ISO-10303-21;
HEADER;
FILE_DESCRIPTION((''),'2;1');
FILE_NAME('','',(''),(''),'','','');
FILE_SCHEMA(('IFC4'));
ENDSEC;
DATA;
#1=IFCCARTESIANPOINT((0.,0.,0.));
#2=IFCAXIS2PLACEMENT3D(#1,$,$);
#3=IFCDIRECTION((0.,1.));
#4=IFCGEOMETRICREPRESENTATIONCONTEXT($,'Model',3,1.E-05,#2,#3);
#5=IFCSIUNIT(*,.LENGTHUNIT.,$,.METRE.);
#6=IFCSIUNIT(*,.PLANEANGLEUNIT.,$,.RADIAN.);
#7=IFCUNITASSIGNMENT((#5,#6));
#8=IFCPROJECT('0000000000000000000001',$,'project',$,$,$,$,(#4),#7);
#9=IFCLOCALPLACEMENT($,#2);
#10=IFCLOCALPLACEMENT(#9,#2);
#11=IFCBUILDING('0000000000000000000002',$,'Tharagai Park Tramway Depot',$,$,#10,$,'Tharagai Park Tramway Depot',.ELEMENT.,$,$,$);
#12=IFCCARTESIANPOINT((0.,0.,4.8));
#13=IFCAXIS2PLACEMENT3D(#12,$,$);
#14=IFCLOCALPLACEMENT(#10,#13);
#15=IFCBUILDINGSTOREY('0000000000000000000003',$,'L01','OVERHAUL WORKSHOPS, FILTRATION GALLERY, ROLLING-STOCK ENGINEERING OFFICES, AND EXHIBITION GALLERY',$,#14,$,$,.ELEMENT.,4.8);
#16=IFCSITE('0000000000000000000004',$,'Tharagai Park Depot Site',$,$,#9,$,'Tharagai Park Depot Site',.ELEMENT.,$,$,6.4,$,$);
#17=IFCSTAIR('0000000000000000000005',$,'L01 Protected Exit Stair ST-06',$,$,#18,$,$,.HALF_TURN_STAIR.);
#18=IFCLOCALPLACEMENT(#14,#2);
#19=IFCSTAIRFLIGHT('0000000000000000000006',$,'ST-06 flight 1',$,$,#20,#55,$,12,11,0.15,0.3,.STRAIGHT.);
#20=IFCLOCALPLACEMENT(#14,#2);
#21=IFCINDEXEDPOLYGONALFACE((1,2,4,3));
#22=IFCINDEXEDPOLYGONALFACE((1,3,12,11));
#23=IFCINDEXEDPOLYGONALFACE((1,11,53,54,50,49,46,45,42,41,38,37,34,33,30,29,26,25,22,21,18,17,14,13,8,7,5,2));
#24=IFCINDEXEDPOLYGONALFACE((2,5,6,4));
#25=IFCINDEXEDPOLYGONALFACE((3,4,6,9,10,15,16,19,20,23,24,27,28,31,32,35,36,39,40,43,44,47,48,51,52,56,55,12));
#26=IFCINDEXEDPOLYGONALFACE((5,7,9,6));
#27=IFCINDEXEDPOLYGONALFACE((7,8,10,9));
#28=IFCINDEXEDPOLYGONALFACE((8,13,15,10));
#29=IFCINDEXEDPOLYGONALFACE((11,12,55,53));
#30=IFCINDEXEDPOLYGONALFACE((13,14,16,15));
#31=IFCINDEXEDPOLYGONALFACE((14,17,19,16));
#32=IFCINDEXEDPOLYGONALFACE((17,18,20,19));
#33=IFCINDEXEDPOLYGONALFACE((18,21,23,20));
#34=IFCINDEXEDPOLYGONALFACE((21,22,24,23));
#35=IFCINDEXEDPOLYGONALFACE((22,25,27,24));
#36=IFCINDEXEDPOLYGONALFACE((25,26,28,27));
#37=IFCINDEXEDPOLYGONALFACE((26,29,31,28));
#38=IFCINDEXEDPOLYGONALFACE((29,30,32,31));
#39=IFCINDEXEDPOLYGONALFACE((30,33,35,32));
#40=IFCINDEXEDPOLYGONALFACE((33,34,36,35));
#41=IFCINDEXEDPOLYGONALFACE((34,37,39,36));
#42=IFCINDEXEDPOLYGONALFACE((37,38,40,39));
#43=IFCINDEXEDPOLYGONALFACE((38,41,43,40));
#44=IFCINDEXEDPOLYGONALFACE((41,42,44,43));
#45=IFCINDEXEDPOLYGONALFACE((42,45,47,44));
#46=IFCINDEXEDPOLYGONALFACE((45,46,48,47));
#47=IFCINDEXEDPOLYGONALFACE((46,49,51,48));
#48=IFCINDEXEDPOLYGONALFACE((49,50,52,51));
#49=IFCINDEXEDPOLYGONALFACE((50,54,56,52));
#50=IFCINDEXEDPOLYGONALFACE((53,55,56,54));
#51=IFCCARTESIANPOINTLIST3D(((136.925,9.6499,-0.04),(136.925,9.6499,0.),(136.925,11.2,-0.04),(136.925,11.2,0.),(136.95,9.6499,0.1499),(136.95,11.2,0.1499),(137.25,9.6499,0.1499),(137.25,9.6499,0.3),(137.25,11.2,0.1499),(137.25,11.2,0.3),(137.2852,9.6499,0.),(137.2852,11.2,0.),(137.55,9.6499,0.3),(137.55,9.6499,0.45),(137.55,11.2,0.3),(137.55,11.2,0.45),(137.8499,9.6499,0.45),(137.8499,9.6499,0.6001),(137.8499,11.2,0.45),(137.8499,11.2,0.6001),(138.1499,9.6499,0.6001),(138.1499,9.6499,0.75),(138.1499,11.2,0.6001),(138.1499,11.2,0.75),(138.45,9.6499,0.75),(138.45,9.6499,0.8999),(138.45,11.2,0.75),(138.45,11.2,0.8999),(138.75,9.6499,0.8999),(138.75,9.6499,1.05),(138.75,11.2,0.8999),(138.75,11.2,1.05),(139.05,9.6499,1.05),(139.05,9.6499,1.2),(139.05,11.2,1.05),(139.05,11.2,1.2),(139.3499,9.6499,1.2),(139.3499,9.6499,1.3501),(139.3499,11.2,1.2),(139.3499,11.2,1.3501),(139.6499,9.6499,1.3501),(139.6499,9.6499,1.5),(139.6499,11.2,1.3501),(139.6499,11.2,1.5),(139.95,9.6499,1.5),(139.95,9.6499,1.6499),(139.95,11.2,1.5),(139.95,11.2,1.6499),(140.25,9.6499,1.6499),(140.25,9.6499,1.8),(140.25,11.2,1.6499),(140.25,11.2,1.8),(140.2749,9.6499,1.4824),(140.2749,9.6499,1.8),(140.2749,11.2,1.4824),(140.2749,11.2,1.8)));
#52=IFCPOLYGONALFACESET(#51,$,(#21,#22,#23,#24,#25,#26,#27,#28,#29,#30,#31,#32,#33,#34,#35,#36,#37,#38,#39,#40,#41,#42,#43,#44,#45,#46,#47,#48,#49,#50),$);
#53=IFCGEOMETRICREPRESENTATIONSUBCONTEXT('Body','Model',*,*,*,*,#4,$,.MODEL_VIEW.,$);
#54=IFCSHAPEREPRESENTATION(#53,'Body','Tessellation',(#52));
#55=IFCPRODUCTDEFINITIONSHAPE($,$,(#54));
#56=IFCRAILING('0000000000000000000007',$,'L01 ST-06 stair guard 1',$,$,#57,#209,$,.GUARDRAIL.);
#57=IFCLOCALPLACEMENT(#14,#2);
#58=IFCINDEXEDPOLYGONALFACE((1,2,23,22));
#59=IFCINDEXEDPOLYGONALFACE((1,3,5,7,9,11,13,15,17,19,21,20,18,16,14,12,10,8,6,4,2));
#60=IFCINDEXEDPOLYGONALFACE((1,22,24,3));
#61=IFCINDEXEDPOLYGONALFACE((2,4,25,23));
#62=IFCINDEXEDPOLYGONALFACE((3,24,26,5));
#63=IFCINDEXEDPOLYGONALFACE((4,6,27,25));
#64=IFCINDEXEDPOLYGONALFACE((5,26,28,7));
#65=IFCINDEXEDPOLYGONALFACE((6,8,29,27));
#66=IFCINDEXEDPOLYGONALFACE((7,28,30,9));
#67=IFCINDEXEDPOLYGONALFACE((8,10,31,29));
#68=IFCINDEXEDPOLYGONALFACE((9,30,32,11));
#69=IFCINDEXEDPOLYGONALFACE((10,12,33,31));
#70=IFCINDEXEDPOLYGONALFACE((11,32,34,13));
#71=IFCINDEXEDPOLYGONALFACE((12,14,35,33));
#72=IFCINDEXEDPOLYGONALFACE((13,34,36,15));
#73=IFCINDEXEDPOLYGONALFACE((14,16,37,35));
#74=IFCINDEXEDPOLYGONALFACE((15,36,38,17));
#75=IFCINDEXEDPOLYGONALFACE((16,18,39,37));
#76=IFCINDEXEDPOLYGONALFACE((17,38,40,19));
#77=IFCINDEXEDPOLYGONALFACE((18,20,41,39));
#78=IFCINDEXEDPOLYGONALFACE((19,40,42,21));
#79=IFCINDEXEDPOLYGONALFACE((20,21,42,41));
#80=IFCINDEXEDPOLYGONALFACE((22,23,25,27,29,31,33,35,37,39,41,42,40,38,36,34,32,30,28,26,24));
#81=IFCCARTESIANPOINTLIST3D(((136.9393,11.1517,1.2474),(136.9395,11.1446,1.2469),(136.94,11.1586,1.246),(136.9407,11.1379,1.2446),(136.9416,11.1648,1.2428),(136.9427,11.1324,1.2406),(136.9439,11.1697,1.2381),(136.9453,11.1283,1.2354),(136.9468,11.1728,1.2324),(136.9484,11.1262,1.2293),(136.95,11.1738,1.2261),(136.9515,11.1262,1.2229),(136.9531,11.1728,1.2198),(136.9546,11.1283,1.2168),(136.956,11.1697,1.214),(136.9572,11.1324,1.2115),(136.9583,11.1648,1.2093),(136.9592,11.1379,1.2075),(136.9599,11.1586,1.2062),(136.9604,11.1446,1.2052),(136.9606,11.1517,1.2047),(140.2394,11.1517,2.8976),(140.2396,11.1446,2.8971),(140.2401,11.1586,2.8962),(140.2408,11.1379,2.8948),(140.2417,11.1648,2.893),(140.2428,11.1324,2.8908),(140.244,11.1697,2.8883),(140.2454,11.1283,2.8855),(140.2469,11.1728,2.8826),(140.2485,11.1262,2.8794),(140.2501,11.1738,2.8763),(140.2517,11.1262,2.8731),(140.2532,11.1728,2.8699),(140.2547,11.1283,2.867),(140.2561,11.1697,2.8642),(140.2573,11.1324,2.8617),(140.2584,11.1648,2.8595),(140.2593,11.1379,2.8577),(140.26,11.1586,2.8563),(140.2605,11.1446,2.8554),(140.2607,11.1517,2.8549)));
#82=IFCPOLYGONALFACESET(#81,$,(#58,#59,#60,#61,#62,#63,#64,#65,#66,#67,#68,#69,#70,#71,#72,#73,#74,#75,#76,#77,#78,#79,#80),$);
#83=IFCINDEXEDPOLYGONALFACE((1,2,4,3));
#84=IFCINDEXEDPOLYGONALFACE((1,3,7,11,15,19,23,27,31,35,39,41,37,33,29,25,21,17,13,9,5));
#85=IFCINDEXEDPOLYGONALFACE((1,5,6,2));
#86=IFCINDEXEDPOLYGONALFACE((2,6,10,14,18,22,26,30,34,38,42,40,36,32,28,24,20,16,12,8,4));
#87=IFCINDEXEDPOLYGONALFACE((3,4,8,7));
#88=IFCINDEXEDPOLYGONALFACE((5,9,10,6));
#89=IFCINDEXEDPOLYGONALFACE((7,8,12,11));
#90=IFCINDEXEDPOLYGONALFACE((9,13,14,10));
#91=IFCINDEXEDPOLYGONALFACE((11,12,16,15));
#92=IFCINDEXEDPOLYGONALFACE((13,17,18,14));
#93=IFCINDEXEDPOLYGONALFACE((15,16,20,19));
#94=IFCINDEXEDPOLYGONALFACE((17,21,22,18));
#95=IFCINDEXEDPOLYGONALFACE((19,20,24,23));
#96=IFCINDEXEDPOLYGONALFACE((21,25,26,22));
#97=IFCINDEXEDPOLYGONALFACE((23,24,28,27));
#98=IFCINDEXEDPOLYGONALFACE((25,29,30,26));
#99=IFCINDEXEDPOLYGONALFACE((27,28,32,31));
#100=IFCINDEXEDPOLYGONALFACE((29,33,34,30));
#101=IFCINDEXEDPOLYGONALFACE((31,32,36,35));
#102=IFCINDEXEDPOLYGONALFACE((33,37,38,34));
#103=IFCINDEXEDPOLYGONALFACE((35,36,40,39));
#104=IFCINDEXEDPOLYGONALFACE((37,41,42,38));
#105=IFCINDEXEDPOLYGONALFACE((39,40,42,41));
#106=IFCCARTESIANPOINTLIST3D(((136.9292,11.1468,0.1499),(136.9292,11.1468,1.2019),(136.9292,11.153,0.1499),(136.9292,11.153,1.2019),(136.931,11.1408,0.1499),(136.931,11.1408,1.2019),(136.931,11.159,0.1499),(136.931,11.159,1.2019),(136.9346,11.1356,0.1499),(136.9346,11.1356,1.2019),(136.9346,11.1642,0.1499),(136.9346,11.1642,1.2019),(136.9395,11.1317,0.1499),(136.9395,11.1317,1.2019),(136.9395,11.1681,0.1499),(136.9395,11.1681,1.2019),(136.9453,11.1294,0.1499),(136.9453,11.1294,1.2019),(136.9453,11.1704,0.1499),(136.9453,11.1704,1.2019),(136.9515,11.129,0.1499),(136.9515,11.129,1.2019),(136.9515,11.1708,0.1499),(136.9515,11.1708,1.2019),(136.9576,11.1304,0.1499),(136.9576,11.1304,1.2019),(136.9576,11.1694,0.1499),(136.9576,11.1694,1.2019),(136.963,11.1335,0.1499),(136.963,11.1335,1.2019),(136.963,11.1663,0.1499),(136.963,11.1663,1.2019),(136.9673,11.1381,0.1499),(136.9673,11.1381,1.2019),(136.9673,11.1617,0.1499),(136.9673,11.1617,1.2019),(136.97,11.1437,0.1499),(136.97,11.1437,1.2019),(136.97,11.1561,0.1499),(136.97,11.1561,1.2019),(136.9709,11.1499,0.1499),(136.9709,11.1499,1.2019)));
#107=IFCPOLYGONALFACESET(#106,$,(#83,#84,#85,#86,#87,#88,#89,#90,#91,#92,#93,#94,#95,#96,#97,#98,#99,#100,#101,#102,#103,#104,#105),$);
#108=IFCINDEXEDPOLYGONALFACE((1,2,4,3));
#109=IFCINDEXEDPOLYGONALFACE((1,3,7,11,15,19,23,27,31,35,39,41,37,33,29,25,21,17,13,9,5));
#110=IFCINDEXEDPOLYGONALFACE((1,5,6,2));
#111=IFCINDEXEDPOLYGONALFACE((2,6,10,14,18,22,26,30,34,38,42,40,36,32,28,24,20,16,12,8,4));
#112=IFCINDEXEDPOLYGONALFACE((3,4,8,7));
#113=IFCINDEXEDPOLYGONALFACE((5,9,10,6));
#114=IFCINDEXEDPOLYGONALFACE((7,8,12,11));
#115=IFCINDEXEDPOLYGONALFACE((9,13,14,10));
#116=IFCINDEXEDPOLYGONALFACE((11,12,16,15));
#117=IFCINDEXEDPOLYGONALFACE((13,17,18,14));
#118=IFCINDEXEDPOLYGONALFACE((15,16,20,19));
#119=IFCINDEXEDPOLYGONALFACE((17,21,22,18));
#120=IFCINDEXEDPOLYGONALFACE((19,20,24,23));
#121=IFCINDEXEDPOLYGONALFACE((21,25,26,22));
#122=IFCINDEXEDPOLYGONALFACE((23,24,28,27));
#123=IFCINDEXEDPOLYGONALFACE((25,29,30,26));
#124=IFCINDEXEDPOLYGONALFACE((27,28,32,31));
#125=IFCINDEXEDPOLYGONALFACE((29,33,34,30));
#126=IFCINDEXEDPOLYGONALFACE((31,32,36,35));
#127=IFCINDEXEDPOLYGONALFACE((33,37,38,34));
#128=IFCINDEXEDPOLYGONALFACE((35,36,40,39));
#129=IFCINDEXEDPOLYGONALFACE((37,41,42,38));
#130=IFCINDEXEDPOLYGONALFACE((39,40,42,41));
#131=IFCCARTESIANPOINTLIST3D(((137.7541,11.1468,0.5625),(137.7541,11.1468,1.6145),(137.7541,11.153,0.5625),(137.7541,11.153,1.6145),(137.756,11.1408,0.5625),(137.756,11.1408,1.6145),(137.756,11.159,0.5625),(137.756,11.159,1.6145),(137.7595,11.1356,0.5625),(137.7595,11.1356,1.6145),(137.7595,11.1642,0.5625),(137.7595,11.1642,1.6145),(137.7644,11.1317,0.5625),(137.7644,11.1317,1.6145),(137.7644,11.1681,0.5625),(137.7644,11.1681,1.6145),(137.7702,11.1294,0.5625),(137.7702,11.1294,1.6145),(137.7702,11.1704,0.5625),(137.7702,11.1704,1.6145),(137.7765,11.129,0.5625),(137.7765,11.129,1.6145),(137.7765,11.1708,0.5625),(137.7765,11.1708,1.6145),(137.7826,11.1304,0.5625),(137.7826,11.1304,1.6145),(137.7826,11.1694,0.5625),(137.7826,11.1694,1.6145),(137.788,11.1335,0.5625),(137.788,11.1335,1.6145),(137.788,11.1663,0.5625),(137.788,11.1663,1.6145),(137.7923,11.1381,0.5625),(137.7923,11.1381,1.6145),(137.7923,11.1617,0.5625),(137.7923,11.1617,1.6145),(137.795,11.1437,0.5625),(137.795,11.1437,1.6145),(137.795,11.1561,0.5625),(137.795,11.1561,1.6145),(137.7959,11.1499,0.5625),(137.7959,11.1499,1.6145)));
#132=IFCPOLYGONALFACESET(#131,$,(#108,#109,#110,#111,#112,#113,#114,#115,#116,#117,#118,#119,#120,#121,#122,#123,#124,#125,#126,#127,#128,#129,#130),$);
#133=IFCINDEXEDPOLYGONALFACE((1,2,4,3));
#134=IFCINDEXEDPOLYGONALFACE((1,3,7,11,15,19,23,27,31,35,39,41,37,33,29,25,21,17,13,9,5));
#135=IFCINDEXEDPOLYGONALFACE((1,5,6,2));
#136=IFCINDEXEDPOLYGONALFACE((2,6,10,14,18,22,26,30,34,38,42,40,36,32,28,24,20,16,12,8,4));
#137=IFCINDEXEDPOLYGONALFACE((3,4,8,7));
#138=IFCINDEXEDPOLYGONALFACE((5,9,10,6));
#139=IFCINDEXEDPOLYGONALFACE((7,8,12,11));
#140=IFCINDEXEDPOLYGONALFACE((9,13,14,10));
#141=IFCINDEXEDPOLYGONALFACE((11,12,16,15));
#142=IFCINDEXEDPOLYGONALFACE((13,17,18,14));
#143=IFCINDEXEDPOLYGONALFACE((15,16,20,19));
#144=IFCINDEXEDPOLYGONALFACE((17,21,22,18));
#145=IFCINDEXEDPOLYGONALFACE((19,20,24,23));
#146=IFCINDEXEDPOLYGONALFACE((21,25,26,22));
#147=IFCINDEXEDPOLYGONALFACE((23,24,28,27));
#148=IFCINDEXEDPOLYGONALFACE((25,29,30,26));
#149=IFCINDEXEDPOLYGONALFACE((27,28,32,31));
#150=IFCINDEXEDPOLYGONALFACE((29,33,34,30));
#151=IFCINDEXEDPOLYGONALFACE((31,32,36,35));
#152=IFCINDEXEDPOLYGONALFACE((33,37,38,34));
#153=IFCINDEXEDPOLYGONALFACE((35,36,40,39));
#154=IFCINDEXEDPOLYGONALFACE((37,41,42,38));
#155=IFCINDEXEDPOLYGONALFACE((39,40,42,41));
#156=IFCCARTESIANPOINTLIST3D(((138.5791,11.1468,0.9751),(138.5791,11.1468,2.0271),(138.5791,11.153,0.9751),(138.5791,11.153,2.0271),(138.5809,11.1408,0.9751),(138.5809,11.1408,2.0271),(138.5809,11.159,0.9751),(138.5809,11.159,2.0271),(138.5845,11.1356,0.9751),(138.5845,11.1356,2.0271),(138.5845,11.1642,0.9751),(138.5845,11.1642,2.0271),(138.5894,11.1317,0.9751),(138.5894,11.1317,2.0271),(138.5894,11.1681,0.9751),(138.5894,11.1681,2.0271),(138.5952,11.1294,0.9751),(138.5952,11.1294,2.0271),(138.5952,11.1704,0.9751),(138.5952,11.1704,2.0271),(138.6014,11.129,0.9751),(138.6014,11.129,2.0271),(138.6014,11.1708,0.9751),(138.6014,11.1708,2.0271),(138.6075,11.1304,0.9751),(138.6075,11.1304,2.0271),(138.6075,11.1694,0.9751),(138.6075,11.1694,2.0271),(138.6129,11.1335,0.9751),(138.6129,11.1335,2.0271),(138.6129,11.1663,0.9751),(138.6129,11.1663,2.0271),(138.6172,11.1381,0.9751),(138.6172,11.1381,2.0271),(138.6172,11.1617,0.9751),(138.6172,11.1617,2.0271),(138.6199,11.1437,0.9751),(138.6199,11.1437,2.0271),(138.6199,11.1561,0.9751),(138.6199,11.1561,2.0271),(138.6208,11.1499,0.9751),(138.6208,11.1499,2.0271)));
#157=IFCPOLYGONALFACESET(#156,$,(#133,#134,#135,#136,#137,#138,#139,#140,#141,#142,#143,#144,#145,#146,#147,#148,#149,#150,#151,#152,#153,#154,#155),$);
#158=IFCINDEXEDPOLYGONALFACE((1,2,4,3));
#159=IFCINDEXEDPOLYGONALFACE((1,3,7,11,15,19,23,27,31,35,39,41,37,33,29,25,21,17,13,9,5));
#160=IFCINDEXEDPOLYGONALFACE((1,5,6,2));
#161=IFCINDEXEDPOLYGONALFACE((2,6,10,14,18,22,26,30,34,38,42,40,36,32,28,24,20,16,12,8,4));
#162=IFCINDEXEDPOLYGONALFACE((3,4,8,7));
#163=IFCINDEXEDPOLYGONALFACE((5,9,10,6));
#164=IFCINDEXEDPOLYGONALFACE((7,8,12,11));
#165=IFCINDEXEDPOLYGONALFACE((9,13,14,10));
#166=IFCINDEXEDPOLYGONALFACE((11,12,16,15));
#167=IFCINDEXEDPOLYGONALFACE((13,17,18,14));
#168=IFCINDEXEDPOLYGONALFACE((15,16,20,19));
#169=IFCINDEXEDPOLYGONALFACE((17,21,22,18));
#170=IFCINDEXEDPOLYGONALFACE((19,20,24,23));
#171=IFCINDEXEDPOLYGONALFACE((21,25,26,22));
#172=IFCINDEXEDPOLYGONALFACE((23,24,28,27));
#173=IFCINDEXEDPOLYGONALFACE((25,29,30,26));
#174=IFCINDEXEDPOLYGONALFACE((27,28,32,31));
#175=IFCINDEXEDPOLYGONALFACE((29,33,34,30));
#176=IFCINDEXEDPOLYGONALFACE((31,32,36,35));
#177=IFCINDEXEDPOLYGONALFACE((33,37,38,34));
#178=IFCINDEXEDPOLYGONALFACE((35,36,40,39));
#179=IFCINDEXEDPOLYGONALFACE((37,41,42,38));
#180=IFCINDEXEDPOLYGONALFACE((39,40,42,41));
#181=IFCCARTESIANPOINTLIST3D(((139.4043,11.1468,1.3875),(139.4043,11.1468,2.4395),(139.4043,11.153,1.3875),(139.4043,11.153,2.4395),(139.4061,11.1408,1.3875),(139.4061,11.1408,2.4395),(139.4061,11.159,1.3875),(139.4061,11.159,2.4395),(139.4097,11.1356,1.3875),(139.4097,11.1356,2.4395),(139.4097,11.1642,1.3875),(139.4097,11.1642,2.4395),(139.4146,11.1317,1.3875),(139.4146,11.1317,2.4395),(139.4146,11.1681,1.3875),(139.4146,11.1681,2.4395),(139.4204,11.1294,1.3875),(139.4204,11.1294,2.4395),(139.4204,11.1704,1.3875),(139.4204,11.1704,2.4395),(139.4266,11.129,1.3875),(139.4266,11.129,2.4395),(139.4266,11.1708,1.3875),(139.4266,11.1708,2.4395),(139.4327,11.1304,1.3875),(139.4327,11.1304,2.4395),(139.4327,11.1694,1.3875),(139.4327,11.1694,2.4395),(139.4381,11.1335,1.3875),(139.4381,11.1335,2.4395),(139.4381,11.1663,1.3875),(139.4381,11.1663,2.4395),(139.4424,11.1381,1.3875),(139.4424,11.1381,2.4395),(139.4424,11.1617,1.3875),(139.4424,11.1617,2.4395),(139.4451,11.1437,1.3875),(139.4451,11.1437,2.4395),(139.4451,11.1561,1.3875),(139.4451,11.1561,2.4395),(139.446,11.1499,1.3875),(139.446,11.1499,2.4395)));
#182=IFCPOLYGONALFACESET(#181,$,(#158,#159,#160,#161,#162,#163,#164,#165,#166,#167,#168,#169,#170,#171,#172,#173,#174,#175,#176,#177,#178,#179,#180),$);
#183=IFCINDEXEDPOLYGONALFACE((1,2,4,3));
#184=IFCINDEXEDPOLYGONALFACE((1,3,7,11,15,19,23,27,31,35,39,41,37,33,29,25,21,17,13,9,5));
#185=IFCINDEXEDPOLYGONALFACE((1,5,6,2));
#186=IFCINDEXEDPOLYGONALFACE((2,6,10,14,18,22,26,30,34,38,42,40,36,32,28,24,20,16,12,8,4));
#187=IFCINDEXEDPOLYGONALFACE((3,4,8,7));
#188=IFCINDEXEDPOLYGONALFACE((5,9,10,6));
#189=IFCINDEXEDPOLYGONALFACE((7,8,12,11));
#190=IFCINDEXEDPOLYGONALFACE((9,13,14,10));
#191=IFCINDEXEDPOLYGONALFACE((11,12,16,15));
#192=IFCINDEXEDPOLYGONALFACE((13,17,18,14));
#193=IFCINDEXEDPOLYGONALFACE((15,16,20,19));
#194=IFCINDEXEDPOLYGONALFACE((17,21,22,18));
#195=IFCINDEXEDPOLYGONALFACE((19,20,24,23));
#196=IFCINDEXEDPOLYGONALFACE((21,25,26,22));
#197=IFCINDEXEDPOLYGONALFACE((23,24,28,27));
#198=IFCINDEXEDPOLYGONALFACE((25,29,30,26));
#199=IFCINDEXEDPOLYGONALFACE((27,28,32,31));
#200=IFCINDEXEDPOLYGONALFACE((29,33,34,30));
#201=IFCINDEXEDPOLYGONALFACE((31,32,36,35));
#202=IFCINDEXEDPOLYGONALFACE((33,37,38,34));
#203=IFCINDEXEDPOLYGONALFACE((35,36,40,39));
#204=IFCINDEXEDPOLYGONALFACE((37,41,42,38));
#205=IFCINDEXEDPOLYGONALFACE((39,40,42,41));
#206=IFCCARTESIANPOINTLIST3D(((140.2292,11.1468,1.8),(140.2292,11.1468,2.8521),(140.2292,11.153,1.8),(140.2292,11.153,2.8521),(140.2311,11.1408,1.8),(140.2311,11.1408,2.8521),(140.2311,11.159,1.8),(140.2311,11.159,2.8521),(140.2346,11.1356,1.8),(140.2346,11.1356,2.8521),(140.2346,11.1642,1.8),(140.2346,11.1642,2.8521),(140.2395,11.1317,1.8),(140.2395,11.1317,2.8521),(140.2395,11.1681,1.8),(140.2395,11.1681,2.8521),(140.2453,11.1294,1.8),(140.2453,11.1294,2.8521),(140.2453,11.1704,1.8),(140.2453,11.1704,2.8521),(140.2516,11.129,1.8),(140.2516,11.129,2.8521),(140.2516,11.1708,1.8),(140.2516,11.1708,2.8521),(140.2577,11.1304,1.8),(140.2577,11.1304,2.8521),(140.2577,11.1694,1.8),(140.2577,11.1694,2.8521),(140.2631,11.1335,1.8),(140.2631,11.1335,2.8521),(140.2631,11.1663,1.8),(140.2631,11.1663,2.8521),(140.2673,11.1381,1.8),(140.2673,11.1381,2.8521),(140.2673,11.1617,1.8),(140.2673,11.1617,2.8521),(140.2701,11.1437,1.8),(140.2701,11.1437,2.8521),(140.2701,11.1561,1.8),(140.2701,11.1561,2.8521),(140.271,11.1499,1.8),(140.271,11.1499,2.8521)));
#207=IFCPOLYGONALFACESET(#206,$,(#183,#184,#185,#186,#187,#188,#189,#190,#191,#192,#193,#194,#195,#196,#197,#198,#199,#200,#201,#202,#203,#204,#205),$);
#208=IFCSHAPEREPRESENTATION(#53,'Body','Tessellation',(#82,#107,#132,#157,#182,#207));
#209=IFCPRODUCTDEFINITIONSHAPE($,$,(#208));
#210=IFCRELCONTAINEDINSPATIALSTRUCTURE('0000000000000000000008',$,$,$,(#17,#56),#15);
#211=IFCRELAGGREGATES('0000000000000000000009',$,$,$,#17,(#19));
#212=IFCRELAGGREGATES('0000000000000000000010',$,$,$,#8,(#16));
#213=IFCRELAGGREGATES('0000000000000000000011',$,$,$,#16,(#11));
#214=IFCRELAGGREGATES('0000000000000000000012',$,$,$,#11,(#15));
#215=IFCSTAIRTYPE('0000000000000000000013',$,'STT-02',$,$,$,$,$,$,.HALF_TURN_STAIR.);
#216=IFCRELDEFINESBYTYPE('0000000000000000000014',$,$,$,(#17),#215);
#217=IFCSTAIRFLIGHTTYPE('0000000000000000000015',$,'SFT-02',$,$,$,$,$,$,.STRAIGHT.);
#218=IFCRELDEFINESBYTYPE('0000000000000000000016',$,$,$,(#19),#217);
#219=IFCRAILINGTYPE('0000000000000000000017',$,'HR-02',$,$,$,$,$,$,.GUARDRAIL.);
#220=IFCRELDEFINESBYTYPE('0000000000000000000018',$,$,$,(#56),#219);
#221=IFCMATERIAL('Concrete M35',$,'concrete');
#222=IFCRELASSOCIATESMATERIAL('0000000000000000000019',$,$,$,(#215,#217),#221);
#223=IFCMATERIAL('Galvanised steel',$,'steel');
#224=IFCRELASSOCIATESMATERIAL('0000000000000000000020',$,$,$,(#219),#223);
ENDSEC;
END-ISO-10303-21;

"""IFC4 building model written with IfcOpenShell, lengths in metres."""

from ifc_helpers import new_model, si_unit, direction, frame, origin, origin_2d, place, context, subcontext, project, spatial, polyline, circle, outline, extrude, material, type_object, element, aggregate, save


model = new_model("IFC4")

# Units and contexts
model_context = context("Model", 3, precision=1e-05, world=origin(), true_north=direction((0.0, 1.0)))
body_context = subcontext(model_context, "Body", "Model", "MODEL_VIEW")
ifc_project = project(units=[si_unit("LENGTHUNIT", "METRE"), si_unit("PLANEANGLEUNIT", "RADIAN")], contexts=[model_context])

# Site, building, storey
site_placement = place(None, origin())
site = spatial("IfcSite", under=ifc_project, at=site_placement, Name="Tharagai Park Depot Site", LongName="Tharagai Park Depot Site", CompositionType="ELEMENT", RefElevation=6.4)
building_placement = place(site_placement, origin())
building = spatial("IfcBuilding", under=site, at=building_placement, Name="Tharagai Park Tramway Depot", LongName="Tharagai Park Tramway Depot", CompositionType="ELEMENT")
storey_placement = place(building_placement, frame((0.0, 0.0, 4.8)))
storey = spatial("IfcBuildingStorey", under=building, at=storey_placement, Name="L01", Description="OVERHAUL WORKSHOPS, FILTRATION GALLERY, ROLLING-STOCK ENGINEERING OFFICES, AND EXHIBITION GALLERY", CompositionType="ELEMENT", Elevation=4.8)

# Shared definitions
ifc_material_1 = material(Name="Concrete M35", Category="concrete")

# Stair, stair flight
stair_type = type_object("IfcStairType", Name="STT-02", PredefinedType="HALF_TURN_STAIR", material=ifc_material_1)
stair_placement = place(storey_placement, origin())
stair = element("IfcStair", 1, at=stair_placement, inside=storey, type_object=stair_type, Name="L01 Protected Exit Stair ST-06", PredefinedType="HALF_TURN_STAIR")
stair_flight_type = type_object("IfcStairFlightType", Name="SFT-02", PredefinedType="STRAIGHT", material=ifc_material_1)
stair_flight_placement = place(storey_placement, frame((136.95, 10.425, 0.0), z_axis=(0.0, 0.0, 1.0), x_axis=(1.0, 0.0, 0.0)))
stair_flight = element("IfcStairFlight", 2, at=stair_flight_placement, type_object=stair_flight_type, Name="ST-06 flight 1", NumberOfRisers=12, NumberOfTreads=11, PredefinedType="STRAIGHT", RiserHeight=0.15, TreadLength=0.3, context=body_context, shape_type="SweptSolid", body=[
    extrude(outline(polyline([(-0.0249, 0.0), (0.0, 0.1499), (0.3, 0.1499), (0.3, 0.3), (0.6001, 0.3), (0.6001, 0.45), (0.8999, 0.45), (0.8999, 0.6001), (1.2, 0.6001), (1.2, 0.75), (1.5, 0.75), (1.5, 0.8999), (1.8, 0.8999), (1.8, 1.05), (2.1001, 1.05), (2.1001, 1.2), (2.3999, 1.2), (2.3999, 1.3501), (2.7, 1.3501), (2.7, 1.5), (3.0, 1.5), (3.0, 1.6499), (3.3, 1.6499), (3.3, 1.8), (3.325, 1.8), (3.325, 1.4824), (0.3352, 0.0), (-0.0249, -0.04), (-0.0249, 0.0)])), frame((0.0, 0.7749, 0.0), z_axis=(0.0, -1.0, 0.0), x_axis=(1.0, 0.0, 0.0)), (0.0, 0.0, 1.0), 1.55),
])
aggregate(stair, [stair_flight])

# Railing
ifc_material_2 = material(Name="Galvanised steel", Category="steel")
railing_type_1 = type_object("IfcRailingType", Name="HR-02", PredefinedType="GUARDRAIL", material=ifc_material_2)
railing_1_placement = place(storey_placement, frame((136.95, 11.1499, 0.1499)))
element("IfcRailing", 3, at=railing_1_placement, inside=storey, type_object=railing_type_1, Name="L01 ST-06 stair guard 1", PredefinedType="GUARDRAIL", context=body_context, shape_type="SweptSolid", body=[
    extrude(circle(Radius=0.0239, at=origin_2d()), frame((0.0, 0.0, 1.0762), z_axis=(0.894414, 0.0, 0.44724), x_axis=(0.0, 1.0, 0.0)), (0.0, 0.0, 1.0), 3.6897),
    extrude(circle(Radius=0.021, at=origin_2d()), origin(), (0.0, 0.0, 1.0), 1.052),
    extrude(circle(Radius=0.021, at=origin_2d()), frame((0.825, 0.0, 0.4126)), (0.0, 0.0, 1.0), 1.052),
    extrude(circle(Radius=0.021, at=origin_2d()), frame((1.6499, 0.0, 0.8252)), (0.0, 0.0, 1.0), 1.052),
    extrude(circle(Radius=0.021, at=origin_2d()), frame((2.4751, 0.0, 1.2375)), (0.0, 0.0, 1.0), 1.052),
    extrude(circle(Radius=0.021, at=origin_2d()), frame((3.3, 0.0, 1.6501)), (0.0, 0.0, 1.0), 1.052),
])

save(model, "model.ifc")
